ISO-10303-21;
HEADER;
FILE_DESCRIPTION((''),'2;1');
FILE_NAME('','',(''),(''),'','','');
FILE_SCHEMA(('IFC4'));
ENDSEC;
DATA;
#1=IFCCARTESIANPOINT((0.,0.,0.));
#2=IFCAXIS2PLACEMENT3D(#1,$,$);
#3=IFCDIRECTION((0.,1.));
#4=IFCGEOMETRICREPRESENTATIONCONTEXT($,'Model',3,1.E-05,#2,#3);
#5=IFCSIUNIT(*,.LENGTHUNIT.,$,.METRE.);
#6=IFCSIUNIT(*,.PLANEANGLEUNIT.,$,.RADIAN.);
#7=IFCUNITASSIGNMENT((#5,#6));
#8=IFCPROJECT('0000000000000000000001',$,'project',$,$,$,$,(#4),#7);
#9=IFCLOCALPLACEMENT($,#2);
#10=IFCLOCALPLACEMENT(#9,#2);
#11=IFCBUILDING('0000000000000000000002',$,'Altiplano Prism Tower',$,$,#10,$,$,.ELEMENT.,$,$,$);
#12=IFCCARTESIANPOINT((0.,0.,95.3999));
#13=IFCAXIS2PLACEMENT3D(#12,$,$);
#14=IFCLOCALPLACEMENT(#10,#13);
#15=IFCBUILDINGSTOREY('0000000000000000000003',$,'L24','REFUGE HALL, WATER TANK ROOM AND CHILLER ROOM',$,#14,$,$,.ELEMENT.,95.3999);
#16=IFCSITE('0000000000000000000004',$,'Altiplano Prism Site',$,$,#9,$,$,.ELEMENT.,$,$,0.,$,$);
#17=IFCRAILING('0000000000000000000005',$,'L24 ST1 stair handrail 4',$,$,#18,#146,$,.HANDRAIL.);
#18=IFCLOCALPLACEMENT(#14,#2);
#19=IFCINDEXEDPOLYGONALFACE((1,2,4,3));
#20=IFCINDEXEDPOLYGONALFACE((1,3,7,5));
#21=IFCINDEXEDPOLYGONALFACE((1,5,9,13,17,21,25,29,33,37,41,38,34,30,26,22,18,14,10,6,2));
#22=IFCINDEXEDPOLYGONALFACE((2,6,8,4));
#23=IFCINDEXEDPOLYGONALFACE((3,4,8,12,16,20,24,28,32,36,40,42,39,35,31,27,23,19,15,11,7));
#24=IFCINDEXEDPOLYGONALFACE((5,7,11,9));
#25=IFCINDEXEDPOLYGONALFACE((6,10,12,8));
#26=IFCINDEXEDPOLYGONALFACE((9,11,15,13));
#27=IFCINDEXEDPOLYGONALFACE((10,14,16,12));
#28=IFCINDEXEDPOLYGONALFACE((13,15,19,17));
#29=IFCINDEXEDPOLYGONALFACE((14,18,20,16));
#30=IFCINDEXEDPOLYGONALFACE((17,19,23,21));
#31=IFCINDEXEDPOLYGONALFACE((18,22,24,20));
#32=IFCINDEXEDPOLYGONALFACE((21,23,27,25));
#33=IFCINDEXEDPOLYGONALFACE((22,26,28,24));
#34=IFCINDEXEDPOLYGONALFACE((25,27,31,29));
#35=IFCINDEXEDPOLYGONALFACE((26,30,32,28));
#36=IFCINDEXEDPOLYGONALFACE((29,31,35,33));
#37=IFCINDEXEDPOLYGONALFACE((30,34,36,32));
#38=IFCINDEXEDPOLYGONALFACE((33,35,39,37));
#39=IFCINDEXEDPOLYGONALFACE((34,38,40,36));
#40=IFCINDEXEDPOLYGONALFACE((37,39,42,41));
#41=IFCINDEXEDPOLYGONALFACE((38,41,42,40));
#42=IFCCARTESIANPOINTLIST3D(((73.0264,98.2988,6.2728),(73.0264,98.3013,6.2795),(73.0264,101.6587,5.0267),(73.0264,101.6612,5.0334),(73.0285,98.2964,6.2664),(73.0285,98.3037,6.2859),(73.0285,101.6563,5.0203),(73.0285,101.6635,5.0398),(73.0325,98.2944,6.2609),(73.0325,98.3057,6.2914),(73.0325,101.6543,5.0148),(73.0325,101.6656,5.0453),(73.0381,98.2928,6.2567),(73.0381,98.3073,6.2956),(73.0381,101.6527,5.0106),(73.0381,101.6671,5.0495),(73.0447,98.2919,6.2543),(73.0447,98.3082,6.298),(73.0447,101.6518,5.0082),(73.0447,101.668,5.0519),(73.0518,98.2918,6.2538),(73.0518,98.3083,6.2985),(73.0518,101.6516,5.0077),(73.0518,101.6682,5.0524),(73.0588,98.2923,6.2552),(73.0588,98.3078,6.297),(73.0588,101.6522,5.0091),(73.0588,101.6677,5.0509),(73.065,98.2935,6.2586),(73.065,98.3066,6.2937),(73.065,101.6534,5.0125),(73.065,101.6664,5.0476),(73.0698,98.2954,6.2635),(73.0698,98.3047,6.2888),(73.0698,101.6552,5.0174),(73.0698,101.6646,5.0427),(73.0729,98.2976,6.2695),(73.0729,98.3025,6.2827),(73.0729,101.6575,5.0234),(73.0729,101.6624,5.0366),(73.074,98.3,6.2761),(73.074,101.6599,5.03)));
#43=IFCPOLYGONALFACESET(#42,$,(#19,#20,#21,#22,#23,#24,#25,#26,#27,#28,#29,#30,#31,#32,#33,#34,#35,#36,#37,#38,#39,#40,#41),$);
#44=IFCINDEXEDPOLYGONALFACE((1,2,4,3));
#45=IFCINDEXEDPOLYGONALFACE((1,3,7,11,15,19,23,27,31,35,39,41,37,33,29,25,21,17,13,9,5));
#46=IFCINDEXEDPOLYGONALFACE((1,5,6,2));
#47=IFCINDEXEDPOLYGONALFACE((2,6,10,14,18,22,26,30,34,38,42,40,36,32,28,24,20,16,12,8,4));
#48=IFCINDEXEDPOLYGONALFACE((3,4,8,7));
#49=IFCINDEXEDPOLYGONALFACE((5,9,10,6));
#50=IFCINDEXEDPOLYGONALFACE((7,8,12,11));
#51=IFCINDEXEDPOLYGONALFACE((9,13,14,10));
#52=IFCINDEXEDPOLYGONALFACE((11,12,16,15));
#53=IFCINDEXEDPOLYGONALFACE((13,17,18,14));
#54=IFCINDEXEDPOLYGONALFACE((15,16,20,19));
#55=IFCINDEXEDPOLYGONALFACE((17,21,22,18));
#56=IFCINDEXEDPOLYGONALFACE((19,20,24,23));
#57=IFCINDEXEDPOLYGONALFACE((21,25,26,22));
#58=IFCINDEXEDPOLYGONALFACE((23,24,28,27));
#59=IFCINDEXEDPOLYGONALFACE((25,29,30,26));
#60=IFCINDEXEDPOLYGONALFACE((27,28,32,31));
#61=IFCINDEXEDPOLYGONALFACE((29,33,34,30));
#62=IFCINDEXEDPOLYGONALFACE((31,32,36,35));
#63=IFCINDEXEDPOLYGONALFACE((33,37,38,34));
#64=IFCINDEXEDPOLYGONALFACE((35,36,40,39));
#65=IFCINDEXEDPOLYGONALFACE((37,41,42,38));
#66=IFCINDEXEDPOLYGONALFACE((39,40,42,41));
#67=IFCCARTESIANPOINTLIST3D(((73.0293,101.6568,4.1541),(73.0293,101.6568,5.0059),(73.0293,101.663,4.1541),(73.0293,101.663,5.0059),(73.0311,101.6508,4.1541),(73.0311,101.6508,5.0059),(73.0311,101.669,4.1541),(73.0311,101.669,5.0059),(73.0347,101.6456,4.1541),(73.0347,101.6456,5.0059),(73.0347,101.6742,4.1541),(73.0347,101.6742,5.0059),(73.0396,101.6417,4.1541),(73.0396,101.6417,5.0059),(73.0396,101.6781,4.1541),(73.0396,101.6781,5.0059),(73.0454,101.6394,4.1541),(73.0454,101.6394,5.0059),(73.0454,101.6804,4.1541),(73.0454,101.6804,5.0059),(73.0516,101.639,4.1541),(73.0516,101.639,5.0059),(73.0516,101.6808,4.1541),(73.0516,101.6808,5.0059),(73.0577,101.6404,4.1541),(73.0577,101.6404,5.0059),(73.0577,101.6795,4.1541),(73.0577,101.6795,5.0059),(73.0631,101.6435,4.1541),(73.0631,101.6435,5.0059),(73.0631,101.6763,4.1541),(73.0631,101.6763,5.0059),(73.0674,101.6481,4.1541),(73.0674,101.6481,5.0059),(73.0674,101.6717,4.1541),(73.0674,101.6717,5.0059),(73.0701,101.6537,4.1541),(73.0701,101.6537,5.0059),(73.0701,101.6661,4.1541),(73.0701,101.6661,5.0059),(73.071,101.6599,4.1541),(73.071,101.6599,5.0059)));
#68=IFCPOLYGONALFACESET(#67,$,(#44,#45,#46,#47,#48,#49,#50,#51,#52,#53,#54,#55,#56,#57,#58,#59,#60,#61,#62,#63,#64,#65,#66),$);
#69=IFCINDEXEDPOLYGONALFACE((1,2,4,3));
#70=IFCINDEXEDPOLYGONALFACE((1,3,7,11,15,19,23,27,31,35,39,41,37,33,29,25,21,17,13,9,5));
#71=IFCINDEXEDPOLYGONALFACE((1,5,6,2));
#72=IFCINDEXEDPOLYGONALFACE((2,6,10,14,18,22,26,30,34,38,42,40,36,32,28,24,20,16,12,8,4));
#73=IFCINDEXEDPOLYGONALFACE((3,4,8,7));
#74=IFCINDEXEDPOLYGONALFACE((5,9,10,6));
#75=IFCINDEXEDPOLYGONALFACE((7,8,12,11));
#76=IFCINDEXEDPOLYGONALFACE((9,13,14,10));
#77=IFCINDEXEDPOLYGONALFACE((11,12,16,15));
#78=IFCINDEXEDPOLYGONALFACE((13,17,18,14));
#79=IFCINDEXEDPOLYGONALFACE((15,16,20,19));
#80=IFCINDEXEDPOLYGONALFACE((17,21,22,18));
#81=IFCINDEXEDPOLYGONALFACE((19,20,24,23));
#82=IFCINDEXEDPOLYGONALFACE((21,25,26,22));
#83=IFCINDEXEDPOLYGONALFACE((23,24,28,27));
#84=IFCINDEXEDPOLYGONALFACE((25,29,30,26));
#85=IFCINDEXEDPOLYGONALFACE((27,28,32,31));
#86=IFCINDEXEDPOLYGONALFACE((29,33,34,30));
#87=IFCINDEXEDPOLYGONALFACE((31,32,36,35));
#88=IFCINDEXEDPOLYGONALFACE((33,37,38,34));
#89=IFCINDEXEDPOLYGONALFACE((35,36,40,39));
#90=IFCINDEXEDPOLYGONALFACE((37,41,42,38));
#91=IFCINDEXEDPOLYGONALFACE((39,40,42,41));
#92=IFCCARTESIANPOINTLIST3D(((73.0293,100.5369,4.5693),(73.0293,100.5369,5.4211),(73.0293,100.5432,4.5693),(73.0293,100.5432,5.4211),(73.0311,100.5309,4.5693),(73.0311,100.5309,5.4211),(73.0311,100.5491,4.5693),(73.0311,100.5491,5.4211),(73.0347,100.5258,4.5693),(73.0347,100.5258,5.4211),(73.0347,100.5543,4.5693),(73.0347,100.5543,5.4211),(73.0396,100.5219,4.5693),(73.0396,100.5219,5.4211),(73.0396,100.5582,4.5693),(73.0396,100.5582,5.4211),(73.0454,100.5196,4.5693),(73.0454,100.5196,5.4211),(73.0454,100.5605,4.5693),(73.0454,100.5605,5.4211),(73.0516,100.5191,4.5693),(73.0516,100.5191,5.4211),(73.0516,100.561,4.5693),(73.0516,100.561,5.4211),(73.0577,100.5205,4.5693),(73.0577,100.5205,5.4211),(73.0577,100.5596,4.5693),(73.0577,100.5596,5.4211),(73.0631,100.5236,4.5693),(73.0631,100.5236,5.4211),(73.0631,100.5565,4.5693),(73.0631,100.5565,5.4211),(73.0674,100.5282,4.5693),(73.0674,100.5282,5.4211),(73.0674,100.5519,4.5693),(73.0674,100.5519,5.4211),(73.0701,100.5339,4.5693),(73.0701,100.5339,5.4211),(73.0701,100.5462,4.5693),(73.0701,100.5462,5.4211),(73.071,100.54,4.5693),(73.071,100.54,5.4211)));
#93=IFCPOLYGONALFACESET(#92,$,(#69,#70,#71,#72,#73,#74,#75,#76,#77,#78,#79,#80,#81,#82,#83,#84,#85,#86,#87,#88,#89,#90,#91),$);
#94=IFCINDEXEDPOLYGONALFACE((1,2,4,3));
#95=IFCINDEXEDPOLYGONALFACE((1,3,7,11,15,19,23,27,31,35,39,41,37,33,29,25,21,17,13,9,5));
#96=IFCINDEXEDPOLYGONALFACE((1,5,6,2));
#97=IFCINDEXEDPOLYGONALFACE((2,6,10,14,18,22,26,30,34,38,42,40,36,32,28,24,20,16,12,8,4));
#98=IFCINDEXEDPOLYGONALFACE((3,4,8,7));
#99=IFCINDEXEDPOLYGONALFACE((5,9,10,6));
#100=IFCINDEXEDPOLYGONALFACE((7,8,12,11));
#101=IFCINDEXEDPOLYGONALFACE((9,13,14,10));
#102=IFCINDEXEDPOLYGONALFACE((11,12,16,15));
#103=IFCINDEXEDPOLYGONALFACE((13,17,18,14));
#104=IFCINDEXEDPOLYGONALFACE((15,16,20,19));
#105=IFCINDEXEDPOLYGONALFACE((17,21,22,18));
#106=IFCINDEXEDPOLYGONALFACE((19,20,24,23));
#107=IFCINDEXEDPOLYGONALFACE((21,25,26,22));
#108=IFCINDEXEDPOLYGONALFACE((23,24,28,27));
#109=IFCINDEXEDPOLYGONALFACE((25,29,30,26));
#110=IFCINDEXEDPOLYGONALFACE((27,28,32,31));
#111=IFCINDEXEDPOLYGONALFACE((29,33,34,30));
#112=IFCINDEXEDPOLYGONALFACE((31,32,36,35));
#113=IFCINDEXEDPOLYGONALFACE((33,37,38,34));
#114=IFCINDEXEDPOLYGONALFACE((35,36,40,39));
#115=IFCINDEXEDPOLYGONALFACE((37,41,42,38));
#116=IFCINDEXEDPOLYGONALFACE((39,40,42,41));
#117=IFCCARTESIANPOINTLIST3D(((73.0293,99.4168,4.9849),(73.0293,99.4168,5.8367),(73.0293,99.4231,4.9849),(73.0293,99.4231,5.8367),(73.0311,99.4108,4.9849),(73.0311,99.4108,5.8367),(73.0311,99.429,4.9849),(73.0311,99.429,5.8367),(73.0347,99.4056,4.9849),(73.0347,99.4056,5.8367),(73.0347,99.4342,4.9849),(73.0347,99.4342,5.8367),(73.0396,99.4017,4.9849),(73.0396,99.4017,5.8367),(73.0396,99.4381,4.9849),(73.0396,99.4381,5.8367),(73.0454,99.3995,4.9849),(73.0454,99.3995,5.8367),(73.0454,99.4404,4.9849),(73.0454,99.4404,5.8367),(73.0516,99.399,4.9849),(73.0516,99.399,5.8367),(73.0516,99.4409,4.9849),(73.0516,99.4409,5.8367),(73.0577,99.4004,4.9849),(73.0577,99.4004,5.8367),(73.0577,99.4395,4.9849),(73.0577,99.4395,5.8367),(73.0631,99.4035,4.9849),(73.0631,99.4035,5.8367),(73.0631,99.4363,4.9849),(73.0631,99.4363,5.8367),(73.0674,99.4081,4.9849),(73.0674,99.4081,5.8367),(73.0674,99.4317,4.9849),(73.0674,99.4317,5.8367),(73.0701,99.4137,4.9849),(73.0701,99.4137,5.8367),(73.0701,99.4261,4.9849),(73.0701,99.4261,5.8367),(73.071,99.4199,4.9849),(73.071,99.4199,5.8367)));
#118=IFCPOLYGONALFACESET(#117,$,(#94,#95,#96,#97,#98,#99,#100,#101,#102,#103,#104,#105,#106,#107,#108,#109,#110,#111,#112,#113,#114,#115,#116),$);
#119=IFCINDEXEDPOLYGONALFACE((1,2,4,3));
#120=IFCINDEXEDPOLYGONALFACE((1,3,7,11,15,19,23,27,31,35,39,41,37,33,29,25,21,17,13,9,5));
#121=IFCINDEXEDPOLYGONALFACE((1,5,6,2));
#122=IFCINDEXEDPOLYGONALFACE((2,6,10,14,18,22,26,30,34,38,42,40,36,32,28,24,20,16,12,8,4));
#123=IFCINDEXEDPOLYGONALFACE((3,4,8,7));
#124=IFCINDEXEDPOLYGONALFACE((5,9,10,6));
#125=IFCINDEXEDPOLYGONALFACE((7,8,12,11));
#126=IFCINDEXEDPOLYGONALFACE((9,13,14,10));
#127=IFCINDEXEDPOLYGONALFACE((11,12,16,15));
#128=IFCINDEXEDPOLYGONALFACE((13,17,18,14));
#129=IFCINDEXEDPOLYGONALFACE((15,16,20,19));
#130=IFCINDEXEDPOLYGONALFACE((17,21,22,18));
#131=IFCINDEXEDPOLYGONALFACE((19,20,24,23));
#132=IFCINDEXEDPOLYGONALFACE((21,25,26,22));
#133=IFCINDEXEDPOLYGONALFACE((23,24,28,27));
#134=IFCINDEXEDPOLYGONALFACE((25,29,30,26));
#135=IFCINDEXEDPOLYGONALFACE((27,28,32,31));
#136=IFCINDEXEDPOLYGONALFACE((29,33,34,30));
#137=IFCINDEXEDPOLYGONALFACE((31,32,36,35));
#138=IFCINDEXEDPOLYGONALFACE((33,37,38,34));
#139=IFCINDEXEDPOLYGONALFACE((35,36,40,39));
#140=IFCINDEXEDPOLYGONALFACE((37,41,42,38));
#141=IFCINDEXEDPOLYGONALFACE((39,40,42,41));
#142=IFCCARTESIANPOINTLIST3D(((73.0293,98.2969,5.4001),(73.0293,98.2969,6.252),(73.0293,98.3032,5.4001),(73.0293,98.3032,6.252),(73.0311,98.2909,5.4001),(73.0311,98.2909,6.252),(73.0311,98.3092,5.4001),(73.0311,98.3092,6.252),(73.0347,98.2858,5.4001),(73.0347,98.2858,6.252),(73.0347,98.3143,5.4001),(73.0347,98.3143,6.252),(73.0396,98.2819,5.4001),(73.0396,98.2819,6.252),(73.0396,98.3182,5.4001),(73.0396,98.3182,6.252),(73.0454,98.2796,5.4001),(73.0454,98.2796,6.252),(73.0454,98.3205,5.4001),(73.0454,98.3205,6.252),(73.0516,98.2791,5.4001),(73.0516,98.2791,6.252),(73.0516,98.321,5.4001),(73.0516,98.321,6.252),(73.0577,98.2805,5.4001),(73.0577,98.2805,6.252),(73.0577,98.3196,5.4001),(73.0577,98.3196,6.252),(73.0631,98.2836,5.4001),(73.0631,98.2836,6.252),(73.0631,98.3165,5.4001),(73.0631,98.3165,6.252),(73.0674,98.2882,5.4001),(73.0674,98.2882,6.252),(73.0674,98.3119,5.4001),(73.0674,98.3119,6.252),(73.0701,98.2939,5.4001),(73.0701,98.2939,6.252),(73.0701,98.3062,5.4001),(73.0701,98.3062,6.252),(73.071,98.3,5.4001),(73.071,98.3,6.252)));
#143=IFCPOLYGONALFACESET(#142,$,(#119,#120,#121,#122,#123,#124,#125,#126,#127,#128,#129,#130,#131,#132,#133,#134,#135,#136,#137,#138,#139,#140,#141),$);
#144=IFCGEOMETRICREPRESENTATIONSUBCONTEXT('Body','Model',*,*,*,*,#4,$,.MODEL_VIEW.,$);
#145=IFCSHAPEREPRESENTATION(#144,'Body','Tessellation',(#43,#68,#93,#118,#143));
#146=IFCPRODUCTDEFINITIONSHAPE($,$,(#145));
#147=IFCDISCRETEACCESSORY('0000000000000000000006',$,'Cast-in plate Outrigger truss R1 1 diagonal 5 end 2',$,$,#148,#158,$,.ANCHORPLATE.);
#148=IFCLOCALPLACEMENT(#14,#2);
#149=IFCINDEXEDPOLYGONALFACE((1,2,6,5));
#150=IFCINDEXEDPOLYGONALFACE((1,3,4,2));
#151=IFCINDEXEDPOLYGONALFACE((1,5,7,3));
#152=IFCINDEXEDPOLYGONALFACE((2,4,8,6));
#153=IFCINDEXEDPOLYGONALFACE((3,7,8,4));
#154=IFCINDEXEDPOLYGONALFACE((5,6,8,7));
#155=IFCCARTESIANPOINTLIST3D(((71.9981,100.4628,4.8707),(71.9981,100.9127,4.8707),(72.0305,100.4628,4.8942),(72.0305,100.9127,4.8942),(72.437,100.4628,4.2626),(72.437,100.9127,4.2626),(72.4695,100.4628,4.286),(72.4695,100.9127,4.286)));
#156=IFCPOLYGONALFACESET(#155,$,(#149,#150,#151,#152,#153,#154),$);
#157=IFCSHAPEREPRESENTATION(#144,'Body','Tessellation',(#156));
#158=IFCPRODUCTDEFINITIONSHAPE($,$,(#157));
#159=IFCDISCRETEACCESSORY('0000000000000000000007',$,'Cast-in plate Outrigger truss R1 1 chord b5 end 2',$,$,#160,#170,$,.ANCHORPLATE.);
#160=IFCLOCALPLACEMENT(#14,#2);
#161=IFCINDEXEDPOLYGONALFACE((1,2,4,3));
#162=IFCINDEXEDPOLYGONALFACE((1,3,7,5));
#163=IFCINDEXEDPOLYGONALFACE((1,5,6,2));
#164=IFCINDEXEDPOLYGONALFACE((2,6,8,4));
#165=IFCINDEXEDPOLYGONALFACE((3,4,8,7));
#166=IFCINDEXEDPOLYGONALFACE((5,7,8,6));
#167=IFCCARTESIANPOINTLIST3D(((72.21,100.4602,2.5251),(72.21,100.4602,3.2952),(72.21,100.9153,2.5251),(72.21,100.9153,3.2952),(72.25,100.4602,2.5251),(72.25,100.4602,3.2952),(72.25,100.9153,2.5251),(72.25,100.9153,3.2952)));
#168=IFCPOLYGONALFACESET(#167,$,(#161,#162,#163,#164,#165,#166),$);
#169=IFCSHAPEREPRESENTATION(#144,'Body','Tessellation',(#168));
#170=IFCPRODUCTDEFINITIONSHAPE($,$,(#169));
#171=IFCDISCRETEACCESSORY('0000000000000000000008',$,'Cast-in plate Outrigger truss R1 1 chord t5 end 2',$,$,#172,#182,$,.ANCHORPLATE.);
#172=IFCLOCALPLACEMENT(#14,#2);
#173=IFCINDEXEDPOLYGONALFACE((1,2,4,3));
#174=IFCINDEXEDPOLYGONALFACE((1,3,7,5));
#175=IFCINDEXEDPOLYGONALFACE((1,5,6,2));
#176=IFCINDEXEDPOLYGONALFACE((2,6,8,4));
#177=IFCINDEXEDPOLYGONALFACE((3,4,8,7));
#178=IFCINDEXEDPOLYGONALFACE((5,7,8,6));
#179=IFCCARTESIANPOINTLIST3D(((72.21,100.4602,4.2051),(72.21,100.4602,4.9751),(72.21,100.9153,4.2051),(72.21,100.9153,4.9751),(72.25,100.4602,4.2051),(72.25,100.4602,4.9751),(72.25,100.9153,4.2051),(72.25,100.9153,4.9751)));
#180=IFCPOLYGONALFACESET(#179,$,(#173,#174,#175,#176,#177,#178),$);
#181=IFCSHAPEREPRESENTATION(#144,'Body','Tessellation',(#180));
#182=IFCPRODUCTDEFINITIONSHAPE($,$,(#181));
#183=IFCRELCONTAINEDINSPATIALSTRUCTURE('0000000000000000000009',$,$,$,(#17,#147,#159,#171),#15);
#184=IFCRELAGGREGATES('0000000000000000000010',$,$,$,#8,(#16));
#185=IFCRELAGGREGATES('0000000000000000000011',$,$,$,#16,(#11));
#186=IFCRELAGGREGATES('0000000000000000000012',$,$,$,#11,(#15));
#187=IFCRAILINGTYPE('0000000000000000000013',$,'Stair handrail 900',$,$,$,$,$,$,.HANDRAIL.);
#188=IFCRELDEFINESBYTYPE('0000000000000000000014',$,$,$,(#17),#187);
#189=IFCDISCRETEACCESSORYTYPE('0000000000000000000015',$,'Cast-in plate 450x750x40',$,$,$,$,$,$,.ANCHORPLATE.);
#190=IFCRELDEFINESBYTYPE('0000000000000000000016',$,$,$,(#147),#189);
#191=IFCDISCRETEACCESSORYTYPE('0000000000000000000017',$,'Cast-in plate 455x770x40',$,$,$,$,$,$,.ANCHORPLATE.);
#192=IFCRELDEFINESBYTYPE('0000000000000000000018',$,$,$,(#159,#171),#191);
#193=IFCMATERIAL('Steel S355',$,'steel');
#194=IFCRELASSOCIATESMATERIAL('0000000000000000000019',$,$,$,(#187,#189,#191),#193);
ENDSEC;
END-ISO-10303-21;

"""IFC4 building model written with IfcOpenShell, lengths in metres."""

from ifc_helpers import new_model, si_unit, direction, frame, origin, origin_2d, place, context, subcontext, project, spatial, rectangle, circle, extrude, material, material_profile, profile_set, type_object, element, save


model = new_model("IFC4")

# Units and contexts
model_context = context("Model", 3, precision=1e-05, world=origin(), true_north=direction((0.0, 1.0)))
body_context = subcontext(model_context, "Body", "Model", "MODEL_VIEW")
ifc_project = project(units=[si_unit("LENGTHUNIT", "METRE"), si_unit("PLANEANGLEUNIT", "RADIAN")], contexts=[model_context])

# Site, building, storey
site_placement = place(None, origin())
site = spatial("IfcSite", under=ifc_project, at=site_placement, Name="Altiplano Prism Site", CompositionType="ELEMENT", RefElevation=0.0)
building_placement = place(site_placement, origin())
building = spatial("IfcBuilding", under=site, at=building_placement, Name="Altiplano Prism Tower", CompositionType="ELEMENT")
storey_placement = place(building_placement, frame((0.0, 0.0, 95.3999)))
storey = spatial("IfcBuildingStorey", under=building, at=storey_placement, Name="L24", Description="REFUGE HALL, WATER TANK ROOM AND CHILLER ROOM", CompositionType="ELEMENT", Elevation=95.3999)

# Shared definitions
ifc_material_1 = material(Name="Steel S355", Category="steel")

# Railing
railing_type = type_object("IfcRailingType", Name="Stair handrail 900", PredefinedType="HANDRAIL", material=ifc_material_1)
railing_1_placement = place(storey_placement, frame((73.05, 101.6599, 4.1541)))
element("IfcRailing", 1, at=railing_1_placement, inside=storey, type_object=railing_type, Name="L24 ST1 stair handrail 4", PredefinedType="HANDRAIL", context=body_context, shape_type="SweptSolid", body=[
    extrude(circle(Radius=0.0239, at=origin_2d()), frame((0.0, 0.0, 0.876), z_axis=(0.0, -0.937594, 0.347731), x_axis=(1.0, 0.0, 0.0)), (0.0, 0.0, 1.0), 3.5835),
    extrude(circle(Radius=0.021, at=origin_2d()), origin(), (0.0, 0.0, 1.0), 0.8518),
    extrude(circle(Radius=0.021, at=origin_2d()), frame((0.0, -1.1199, 0.4153)), (0.0, 0.0, 1.0), 0.8518),
    extrude(circle(Radius=0.021, at=origin_2d()), frame((0.0, -2.24, 0.8308)), (0.0, 0.0, 1.0), 0.8518),
    extrude(circle(Radius=0.021, at=origin_2d()), frame((0.0, -3.3599, 1.2461)), (0.0, 0.0, 1.0), 0.8518),
])

# Discrete accessories
ifc_material_profile_1 = material_profile(ifc_material_1, rectangle(XDim=0.45, YDim=0.75, at=origin_2d()), Name="Cast-in plate 450x750x40")
ifc_profile_set_1 = profile_set([ifc_material_profile_1], Name="Steel S355")
discrete_accessory_type_1 = type_object("IfcDiscreteAccessoryType", Name="Cast-in plate 450x750x40", PredefinedType="ANCHORPLATE", material=ifc_profile_set_1)
discrete_accessory_placement = place(storey_placement, frame((72.25, 100.6877, 4.5901), z_axis=(-0.81084, 0.0, -0.585268), x_axis=(0.0, -1.0, 0.0)))
element("IfcDiscreteAccessory", 2, at=discrete_accessory_placement, inside=storey, type_object=discrete_accessory_type_1, Name="Cast-in plate Outrigger truss R1 1 diagonal 5 end 2", PredefinedType="ANCHORPLATE", context=body_context, shape_type="SweptSolid", body=[
    extrude(rectangle(XDim=0.45, YDim=0.75, at=origin_2d()), origin(), (0.0, 0.0, 1.0), 0.04),
])
ifc_material_profile_2 = material_profile(ifc_material_1, rectangle(XDim=0.4551, YDim=0.77, at=origin_2d()), Name="Cast-in plate 455x770x40")
ifc_profile_set_2 = profile_set([ifc_material_profile_2], Name="Steel S355")
discrete_accessory_type_2 = type_object("IfcDiscreteAccessoryType", Name="Cast-in plate 455x770x40", PredefinedType="ANCHORPLATE", material=ifc_profile_set_2)
for number, where, z_axis, x_axis, name in (
    (3, (72.25, 100.6877, 2.9102), (-1.0, 0.0, 0.0), (0.0, -1.0, 0.0), "Cast-in plate Outrigger truss R1 1 chord b5 end 2"),
    (4, (72.25, 100.6877, 4.5901), (-1.0, 0.0, 0.0), (0.0, -1.0, 0.0), "Cast-in plate Outrigger truss R1 1 chord t5 end 2"),
):
    element("IfcDiscreteAccessory", number, at=place(storey_placement, frame(where, z_axis=z_axis, x_axis=x_axis)), inside=storey, type_object=discrete_accessory_type_2, Name=name, PredefinedType="ANCHORPLATE", context=body_context, shape_type="SweptSolid", body=[
        extrude(rectangle(XDim=0.4551, YDim=0.77, at=origin_2d()), origin(), (0.0, 0.0, 1.0), 0.04),
    ])

save(model, "model.ifc")
